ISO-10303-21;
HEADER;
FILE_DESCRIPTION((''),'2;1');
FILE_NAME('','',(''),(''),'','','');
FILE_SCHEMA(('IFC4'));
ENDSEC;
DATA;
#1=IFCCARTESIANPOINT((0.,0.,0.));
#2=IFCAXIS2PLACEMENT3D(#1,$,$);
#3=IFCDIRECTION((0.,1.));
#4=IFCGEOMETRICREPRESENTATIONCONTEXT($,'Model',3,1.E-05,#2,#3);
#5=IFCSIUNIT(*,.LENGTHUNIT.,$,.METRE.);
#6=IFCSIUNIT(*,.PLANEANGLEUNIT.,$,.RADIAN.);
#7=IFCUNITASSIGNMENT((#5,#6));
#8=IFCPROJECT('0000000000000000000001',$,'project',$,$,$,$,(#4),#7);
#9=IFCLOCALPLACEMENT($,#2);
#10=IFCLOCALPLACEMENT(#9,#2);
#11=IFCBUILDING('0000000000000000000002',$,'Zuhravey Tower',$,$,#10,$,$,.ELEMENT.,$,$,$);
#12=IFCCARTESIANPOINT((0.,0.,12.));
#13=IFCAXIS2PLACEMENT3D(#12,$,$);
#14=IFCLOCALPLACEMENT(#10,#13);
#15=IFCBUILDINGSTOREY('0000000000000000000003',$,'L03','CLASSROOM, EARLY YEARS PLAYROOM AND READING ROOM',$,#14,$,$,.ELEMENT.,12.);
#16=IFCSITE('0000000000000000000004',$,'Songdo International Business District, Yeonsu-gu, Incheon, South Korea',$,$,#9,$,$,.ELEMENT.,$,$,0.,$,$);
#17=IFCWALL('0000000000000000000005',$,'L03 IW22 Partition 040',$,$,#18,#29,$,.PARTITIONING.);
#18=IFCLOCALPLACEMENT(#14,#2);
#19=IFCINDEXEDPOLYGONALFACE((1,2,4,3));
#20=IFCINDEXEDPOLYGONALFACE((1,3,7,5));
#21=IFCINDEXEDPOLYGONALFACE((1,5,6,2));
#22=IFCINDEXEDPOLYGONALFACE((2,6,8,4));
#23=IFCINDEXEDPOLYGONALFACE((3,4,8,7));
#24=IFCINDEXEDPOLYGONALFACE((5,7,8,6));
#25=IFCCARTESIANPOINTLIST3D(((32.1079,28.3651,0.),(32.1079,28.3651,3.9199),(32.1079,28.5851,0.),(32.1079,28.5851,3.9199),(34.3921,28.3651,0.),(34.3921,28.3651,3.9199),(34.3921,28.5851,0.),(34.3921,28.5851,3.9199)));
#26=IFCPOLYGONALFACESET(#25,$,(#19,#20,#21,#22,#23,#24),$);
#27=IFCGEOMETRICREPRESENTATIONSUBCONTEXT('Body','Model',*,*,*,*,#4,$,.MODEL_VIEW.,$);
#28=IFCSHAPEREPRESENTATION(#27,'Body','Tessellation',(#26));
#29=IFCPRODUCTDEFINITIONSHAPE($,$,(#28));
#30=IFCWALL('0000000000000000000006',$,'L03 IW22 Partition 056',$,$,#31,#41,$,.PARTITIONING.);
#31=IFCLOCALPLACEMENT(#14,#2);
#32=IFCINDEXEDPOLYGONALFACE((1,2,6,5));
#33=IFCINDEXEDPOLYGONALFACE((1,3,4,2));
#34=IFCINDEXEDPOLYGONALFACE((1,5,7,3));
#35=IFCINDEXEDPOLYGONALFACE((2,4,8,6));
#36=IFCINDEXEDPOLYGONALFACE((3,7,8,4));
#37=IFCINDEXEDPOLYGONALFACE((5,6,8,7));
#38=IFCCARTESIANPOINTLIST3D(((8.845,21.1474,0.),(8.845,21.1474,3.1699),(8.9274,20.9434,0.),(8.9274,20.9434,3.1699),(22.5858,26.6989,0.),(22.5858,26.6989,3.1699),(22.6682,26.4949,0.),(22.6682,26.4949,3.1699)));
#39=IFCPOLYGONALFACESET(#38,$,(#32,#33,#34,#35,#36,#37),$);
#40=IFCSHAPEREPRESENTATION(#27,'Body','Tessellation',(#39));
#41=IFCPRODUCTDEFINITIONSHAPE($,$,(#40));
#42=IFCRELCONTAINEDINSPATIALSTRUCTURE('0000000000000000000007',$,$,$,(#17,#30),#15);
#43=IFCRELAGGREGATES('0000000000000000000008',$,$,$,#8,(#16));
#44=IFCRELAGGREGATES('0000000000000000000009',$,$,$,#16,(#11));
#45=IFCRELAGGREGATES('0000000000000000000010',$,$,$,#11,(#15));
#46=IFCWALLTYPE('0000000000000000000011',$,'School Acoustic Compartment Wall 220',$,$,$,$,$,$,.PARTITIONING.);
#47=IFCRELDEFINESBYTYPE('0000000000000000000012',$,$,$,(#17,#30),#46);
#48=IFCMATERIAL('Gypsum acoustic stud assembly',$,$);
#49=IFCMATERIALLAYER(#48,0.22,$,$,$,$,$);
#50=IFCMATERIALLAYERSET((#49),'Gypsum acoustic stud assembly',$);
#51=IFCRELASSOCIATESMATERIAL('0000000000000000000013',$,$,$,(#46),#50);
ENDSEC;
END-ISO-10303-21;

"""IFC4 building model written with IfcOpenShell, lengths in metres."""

from ifc_helpers import new_model, si_unit, direction, frame, frame_2d, origin, place, context, subcontext, project, spatial, rectangle, extrude, material, layer, layer_set, type_object, element, save


model = new_model("IFC4")

# Units and contexts
model_context = context("Model", 3, precision=1e-05, world=origin(), true_north=direction((0.0, 1.0)))
body_context = subcontext(model_context, "Body", "Model", "MODEL_VIEW")
ifc_project = project(units=[si_unit("LENGTHUNIT", "METRE"), si_unit("PLANEANGLEUNIT", "RADIAN")], contexts=[model_context])

# Site, building, storey
site_placement = place(None, origin())
site = spatial("IfcSite", under=ifc_project, at=site_placement, Name="Songdo International Business District, Yeonsu-gu, Incheon, South Korea", CompositionType="ELEMENT", RefElevation=0.0)
building_placement = place(site_placement, origin())
building = spatial("IfcBuilding", under=site, at=building_placement, Name="Zuhravey Tower", CompositionType="ELEMENT")
storey_placement = place(building_placement, frame((0.0, 0.0, 12.0)))
storey = spatial("IfcBuildingStorey", under=building, at=storey_placement, Name="L03", Description="CLASSROOM, EARLY YEARS PLAYROOM AND READING ROOM", CompositionType="ELEMENT", Elevation=12.0)

# Walls
ifc_material_1 = material(Name="Gypsum acoustic stud assembly")
ifc_layer_1 = layer(ifc_material_1, 0.22)
ifc_layer_set_1 = layer_set([ifc_layer_1], Name="Gypsum acoustic stud assembly")
wall_type_1 = type_object("IfcWallType", Name="School Acoustic Compartment Wall 220", PredefinedType="PARTITIONING", material=ifc_layer_set_1)
for number, where, z_axis, x_axis, name in (
    (1, (32.1079, 28.4751, 0.0), (0.0, 0.0, 1.0), (1.0, 0.0, 0.0), "L03 IW22 Partition 040"),
):
    element("IfcWall", number, at=place(storey_placement, frame(where, z_axis=z_axis, x_axis=x_axis)), inside=storey, type_object=wall_type_1, Name=name, PredefinedType="PARTITIONING", context=body_context, shape_type="SweptSolid", body=[
        extrude(rectangle(XDim=2.2842, YDim=0.22, at=frame_2d((1.1421, 0.0))), origin(), (0.0, 0.0, 1.0), 3.9199),
    ])
wall_1_placement = place(storey_placement, frame((22.627, 26.5969, 0.0), z_axis=(0.0, 0.0, 1.0), x_axis=(-0.927186, -0.374601, 0.0)))
element("IfcWall", 2, at=wall_1_placement, inside=storey, type_object=wall_type_1, Name="L03 IW22 Partition 056", PredefinedType="PARTITIONING", context=body_context, shape_type="SweptSolid", body=[
    extrude(rectangle(XDim=14.8198, YDim=0.22, at=frame_2d((7.4099, 0.0))), origin(), (0.0, 0.0, 1.0), 3.1699),
])

save(model, "model.ifc")
